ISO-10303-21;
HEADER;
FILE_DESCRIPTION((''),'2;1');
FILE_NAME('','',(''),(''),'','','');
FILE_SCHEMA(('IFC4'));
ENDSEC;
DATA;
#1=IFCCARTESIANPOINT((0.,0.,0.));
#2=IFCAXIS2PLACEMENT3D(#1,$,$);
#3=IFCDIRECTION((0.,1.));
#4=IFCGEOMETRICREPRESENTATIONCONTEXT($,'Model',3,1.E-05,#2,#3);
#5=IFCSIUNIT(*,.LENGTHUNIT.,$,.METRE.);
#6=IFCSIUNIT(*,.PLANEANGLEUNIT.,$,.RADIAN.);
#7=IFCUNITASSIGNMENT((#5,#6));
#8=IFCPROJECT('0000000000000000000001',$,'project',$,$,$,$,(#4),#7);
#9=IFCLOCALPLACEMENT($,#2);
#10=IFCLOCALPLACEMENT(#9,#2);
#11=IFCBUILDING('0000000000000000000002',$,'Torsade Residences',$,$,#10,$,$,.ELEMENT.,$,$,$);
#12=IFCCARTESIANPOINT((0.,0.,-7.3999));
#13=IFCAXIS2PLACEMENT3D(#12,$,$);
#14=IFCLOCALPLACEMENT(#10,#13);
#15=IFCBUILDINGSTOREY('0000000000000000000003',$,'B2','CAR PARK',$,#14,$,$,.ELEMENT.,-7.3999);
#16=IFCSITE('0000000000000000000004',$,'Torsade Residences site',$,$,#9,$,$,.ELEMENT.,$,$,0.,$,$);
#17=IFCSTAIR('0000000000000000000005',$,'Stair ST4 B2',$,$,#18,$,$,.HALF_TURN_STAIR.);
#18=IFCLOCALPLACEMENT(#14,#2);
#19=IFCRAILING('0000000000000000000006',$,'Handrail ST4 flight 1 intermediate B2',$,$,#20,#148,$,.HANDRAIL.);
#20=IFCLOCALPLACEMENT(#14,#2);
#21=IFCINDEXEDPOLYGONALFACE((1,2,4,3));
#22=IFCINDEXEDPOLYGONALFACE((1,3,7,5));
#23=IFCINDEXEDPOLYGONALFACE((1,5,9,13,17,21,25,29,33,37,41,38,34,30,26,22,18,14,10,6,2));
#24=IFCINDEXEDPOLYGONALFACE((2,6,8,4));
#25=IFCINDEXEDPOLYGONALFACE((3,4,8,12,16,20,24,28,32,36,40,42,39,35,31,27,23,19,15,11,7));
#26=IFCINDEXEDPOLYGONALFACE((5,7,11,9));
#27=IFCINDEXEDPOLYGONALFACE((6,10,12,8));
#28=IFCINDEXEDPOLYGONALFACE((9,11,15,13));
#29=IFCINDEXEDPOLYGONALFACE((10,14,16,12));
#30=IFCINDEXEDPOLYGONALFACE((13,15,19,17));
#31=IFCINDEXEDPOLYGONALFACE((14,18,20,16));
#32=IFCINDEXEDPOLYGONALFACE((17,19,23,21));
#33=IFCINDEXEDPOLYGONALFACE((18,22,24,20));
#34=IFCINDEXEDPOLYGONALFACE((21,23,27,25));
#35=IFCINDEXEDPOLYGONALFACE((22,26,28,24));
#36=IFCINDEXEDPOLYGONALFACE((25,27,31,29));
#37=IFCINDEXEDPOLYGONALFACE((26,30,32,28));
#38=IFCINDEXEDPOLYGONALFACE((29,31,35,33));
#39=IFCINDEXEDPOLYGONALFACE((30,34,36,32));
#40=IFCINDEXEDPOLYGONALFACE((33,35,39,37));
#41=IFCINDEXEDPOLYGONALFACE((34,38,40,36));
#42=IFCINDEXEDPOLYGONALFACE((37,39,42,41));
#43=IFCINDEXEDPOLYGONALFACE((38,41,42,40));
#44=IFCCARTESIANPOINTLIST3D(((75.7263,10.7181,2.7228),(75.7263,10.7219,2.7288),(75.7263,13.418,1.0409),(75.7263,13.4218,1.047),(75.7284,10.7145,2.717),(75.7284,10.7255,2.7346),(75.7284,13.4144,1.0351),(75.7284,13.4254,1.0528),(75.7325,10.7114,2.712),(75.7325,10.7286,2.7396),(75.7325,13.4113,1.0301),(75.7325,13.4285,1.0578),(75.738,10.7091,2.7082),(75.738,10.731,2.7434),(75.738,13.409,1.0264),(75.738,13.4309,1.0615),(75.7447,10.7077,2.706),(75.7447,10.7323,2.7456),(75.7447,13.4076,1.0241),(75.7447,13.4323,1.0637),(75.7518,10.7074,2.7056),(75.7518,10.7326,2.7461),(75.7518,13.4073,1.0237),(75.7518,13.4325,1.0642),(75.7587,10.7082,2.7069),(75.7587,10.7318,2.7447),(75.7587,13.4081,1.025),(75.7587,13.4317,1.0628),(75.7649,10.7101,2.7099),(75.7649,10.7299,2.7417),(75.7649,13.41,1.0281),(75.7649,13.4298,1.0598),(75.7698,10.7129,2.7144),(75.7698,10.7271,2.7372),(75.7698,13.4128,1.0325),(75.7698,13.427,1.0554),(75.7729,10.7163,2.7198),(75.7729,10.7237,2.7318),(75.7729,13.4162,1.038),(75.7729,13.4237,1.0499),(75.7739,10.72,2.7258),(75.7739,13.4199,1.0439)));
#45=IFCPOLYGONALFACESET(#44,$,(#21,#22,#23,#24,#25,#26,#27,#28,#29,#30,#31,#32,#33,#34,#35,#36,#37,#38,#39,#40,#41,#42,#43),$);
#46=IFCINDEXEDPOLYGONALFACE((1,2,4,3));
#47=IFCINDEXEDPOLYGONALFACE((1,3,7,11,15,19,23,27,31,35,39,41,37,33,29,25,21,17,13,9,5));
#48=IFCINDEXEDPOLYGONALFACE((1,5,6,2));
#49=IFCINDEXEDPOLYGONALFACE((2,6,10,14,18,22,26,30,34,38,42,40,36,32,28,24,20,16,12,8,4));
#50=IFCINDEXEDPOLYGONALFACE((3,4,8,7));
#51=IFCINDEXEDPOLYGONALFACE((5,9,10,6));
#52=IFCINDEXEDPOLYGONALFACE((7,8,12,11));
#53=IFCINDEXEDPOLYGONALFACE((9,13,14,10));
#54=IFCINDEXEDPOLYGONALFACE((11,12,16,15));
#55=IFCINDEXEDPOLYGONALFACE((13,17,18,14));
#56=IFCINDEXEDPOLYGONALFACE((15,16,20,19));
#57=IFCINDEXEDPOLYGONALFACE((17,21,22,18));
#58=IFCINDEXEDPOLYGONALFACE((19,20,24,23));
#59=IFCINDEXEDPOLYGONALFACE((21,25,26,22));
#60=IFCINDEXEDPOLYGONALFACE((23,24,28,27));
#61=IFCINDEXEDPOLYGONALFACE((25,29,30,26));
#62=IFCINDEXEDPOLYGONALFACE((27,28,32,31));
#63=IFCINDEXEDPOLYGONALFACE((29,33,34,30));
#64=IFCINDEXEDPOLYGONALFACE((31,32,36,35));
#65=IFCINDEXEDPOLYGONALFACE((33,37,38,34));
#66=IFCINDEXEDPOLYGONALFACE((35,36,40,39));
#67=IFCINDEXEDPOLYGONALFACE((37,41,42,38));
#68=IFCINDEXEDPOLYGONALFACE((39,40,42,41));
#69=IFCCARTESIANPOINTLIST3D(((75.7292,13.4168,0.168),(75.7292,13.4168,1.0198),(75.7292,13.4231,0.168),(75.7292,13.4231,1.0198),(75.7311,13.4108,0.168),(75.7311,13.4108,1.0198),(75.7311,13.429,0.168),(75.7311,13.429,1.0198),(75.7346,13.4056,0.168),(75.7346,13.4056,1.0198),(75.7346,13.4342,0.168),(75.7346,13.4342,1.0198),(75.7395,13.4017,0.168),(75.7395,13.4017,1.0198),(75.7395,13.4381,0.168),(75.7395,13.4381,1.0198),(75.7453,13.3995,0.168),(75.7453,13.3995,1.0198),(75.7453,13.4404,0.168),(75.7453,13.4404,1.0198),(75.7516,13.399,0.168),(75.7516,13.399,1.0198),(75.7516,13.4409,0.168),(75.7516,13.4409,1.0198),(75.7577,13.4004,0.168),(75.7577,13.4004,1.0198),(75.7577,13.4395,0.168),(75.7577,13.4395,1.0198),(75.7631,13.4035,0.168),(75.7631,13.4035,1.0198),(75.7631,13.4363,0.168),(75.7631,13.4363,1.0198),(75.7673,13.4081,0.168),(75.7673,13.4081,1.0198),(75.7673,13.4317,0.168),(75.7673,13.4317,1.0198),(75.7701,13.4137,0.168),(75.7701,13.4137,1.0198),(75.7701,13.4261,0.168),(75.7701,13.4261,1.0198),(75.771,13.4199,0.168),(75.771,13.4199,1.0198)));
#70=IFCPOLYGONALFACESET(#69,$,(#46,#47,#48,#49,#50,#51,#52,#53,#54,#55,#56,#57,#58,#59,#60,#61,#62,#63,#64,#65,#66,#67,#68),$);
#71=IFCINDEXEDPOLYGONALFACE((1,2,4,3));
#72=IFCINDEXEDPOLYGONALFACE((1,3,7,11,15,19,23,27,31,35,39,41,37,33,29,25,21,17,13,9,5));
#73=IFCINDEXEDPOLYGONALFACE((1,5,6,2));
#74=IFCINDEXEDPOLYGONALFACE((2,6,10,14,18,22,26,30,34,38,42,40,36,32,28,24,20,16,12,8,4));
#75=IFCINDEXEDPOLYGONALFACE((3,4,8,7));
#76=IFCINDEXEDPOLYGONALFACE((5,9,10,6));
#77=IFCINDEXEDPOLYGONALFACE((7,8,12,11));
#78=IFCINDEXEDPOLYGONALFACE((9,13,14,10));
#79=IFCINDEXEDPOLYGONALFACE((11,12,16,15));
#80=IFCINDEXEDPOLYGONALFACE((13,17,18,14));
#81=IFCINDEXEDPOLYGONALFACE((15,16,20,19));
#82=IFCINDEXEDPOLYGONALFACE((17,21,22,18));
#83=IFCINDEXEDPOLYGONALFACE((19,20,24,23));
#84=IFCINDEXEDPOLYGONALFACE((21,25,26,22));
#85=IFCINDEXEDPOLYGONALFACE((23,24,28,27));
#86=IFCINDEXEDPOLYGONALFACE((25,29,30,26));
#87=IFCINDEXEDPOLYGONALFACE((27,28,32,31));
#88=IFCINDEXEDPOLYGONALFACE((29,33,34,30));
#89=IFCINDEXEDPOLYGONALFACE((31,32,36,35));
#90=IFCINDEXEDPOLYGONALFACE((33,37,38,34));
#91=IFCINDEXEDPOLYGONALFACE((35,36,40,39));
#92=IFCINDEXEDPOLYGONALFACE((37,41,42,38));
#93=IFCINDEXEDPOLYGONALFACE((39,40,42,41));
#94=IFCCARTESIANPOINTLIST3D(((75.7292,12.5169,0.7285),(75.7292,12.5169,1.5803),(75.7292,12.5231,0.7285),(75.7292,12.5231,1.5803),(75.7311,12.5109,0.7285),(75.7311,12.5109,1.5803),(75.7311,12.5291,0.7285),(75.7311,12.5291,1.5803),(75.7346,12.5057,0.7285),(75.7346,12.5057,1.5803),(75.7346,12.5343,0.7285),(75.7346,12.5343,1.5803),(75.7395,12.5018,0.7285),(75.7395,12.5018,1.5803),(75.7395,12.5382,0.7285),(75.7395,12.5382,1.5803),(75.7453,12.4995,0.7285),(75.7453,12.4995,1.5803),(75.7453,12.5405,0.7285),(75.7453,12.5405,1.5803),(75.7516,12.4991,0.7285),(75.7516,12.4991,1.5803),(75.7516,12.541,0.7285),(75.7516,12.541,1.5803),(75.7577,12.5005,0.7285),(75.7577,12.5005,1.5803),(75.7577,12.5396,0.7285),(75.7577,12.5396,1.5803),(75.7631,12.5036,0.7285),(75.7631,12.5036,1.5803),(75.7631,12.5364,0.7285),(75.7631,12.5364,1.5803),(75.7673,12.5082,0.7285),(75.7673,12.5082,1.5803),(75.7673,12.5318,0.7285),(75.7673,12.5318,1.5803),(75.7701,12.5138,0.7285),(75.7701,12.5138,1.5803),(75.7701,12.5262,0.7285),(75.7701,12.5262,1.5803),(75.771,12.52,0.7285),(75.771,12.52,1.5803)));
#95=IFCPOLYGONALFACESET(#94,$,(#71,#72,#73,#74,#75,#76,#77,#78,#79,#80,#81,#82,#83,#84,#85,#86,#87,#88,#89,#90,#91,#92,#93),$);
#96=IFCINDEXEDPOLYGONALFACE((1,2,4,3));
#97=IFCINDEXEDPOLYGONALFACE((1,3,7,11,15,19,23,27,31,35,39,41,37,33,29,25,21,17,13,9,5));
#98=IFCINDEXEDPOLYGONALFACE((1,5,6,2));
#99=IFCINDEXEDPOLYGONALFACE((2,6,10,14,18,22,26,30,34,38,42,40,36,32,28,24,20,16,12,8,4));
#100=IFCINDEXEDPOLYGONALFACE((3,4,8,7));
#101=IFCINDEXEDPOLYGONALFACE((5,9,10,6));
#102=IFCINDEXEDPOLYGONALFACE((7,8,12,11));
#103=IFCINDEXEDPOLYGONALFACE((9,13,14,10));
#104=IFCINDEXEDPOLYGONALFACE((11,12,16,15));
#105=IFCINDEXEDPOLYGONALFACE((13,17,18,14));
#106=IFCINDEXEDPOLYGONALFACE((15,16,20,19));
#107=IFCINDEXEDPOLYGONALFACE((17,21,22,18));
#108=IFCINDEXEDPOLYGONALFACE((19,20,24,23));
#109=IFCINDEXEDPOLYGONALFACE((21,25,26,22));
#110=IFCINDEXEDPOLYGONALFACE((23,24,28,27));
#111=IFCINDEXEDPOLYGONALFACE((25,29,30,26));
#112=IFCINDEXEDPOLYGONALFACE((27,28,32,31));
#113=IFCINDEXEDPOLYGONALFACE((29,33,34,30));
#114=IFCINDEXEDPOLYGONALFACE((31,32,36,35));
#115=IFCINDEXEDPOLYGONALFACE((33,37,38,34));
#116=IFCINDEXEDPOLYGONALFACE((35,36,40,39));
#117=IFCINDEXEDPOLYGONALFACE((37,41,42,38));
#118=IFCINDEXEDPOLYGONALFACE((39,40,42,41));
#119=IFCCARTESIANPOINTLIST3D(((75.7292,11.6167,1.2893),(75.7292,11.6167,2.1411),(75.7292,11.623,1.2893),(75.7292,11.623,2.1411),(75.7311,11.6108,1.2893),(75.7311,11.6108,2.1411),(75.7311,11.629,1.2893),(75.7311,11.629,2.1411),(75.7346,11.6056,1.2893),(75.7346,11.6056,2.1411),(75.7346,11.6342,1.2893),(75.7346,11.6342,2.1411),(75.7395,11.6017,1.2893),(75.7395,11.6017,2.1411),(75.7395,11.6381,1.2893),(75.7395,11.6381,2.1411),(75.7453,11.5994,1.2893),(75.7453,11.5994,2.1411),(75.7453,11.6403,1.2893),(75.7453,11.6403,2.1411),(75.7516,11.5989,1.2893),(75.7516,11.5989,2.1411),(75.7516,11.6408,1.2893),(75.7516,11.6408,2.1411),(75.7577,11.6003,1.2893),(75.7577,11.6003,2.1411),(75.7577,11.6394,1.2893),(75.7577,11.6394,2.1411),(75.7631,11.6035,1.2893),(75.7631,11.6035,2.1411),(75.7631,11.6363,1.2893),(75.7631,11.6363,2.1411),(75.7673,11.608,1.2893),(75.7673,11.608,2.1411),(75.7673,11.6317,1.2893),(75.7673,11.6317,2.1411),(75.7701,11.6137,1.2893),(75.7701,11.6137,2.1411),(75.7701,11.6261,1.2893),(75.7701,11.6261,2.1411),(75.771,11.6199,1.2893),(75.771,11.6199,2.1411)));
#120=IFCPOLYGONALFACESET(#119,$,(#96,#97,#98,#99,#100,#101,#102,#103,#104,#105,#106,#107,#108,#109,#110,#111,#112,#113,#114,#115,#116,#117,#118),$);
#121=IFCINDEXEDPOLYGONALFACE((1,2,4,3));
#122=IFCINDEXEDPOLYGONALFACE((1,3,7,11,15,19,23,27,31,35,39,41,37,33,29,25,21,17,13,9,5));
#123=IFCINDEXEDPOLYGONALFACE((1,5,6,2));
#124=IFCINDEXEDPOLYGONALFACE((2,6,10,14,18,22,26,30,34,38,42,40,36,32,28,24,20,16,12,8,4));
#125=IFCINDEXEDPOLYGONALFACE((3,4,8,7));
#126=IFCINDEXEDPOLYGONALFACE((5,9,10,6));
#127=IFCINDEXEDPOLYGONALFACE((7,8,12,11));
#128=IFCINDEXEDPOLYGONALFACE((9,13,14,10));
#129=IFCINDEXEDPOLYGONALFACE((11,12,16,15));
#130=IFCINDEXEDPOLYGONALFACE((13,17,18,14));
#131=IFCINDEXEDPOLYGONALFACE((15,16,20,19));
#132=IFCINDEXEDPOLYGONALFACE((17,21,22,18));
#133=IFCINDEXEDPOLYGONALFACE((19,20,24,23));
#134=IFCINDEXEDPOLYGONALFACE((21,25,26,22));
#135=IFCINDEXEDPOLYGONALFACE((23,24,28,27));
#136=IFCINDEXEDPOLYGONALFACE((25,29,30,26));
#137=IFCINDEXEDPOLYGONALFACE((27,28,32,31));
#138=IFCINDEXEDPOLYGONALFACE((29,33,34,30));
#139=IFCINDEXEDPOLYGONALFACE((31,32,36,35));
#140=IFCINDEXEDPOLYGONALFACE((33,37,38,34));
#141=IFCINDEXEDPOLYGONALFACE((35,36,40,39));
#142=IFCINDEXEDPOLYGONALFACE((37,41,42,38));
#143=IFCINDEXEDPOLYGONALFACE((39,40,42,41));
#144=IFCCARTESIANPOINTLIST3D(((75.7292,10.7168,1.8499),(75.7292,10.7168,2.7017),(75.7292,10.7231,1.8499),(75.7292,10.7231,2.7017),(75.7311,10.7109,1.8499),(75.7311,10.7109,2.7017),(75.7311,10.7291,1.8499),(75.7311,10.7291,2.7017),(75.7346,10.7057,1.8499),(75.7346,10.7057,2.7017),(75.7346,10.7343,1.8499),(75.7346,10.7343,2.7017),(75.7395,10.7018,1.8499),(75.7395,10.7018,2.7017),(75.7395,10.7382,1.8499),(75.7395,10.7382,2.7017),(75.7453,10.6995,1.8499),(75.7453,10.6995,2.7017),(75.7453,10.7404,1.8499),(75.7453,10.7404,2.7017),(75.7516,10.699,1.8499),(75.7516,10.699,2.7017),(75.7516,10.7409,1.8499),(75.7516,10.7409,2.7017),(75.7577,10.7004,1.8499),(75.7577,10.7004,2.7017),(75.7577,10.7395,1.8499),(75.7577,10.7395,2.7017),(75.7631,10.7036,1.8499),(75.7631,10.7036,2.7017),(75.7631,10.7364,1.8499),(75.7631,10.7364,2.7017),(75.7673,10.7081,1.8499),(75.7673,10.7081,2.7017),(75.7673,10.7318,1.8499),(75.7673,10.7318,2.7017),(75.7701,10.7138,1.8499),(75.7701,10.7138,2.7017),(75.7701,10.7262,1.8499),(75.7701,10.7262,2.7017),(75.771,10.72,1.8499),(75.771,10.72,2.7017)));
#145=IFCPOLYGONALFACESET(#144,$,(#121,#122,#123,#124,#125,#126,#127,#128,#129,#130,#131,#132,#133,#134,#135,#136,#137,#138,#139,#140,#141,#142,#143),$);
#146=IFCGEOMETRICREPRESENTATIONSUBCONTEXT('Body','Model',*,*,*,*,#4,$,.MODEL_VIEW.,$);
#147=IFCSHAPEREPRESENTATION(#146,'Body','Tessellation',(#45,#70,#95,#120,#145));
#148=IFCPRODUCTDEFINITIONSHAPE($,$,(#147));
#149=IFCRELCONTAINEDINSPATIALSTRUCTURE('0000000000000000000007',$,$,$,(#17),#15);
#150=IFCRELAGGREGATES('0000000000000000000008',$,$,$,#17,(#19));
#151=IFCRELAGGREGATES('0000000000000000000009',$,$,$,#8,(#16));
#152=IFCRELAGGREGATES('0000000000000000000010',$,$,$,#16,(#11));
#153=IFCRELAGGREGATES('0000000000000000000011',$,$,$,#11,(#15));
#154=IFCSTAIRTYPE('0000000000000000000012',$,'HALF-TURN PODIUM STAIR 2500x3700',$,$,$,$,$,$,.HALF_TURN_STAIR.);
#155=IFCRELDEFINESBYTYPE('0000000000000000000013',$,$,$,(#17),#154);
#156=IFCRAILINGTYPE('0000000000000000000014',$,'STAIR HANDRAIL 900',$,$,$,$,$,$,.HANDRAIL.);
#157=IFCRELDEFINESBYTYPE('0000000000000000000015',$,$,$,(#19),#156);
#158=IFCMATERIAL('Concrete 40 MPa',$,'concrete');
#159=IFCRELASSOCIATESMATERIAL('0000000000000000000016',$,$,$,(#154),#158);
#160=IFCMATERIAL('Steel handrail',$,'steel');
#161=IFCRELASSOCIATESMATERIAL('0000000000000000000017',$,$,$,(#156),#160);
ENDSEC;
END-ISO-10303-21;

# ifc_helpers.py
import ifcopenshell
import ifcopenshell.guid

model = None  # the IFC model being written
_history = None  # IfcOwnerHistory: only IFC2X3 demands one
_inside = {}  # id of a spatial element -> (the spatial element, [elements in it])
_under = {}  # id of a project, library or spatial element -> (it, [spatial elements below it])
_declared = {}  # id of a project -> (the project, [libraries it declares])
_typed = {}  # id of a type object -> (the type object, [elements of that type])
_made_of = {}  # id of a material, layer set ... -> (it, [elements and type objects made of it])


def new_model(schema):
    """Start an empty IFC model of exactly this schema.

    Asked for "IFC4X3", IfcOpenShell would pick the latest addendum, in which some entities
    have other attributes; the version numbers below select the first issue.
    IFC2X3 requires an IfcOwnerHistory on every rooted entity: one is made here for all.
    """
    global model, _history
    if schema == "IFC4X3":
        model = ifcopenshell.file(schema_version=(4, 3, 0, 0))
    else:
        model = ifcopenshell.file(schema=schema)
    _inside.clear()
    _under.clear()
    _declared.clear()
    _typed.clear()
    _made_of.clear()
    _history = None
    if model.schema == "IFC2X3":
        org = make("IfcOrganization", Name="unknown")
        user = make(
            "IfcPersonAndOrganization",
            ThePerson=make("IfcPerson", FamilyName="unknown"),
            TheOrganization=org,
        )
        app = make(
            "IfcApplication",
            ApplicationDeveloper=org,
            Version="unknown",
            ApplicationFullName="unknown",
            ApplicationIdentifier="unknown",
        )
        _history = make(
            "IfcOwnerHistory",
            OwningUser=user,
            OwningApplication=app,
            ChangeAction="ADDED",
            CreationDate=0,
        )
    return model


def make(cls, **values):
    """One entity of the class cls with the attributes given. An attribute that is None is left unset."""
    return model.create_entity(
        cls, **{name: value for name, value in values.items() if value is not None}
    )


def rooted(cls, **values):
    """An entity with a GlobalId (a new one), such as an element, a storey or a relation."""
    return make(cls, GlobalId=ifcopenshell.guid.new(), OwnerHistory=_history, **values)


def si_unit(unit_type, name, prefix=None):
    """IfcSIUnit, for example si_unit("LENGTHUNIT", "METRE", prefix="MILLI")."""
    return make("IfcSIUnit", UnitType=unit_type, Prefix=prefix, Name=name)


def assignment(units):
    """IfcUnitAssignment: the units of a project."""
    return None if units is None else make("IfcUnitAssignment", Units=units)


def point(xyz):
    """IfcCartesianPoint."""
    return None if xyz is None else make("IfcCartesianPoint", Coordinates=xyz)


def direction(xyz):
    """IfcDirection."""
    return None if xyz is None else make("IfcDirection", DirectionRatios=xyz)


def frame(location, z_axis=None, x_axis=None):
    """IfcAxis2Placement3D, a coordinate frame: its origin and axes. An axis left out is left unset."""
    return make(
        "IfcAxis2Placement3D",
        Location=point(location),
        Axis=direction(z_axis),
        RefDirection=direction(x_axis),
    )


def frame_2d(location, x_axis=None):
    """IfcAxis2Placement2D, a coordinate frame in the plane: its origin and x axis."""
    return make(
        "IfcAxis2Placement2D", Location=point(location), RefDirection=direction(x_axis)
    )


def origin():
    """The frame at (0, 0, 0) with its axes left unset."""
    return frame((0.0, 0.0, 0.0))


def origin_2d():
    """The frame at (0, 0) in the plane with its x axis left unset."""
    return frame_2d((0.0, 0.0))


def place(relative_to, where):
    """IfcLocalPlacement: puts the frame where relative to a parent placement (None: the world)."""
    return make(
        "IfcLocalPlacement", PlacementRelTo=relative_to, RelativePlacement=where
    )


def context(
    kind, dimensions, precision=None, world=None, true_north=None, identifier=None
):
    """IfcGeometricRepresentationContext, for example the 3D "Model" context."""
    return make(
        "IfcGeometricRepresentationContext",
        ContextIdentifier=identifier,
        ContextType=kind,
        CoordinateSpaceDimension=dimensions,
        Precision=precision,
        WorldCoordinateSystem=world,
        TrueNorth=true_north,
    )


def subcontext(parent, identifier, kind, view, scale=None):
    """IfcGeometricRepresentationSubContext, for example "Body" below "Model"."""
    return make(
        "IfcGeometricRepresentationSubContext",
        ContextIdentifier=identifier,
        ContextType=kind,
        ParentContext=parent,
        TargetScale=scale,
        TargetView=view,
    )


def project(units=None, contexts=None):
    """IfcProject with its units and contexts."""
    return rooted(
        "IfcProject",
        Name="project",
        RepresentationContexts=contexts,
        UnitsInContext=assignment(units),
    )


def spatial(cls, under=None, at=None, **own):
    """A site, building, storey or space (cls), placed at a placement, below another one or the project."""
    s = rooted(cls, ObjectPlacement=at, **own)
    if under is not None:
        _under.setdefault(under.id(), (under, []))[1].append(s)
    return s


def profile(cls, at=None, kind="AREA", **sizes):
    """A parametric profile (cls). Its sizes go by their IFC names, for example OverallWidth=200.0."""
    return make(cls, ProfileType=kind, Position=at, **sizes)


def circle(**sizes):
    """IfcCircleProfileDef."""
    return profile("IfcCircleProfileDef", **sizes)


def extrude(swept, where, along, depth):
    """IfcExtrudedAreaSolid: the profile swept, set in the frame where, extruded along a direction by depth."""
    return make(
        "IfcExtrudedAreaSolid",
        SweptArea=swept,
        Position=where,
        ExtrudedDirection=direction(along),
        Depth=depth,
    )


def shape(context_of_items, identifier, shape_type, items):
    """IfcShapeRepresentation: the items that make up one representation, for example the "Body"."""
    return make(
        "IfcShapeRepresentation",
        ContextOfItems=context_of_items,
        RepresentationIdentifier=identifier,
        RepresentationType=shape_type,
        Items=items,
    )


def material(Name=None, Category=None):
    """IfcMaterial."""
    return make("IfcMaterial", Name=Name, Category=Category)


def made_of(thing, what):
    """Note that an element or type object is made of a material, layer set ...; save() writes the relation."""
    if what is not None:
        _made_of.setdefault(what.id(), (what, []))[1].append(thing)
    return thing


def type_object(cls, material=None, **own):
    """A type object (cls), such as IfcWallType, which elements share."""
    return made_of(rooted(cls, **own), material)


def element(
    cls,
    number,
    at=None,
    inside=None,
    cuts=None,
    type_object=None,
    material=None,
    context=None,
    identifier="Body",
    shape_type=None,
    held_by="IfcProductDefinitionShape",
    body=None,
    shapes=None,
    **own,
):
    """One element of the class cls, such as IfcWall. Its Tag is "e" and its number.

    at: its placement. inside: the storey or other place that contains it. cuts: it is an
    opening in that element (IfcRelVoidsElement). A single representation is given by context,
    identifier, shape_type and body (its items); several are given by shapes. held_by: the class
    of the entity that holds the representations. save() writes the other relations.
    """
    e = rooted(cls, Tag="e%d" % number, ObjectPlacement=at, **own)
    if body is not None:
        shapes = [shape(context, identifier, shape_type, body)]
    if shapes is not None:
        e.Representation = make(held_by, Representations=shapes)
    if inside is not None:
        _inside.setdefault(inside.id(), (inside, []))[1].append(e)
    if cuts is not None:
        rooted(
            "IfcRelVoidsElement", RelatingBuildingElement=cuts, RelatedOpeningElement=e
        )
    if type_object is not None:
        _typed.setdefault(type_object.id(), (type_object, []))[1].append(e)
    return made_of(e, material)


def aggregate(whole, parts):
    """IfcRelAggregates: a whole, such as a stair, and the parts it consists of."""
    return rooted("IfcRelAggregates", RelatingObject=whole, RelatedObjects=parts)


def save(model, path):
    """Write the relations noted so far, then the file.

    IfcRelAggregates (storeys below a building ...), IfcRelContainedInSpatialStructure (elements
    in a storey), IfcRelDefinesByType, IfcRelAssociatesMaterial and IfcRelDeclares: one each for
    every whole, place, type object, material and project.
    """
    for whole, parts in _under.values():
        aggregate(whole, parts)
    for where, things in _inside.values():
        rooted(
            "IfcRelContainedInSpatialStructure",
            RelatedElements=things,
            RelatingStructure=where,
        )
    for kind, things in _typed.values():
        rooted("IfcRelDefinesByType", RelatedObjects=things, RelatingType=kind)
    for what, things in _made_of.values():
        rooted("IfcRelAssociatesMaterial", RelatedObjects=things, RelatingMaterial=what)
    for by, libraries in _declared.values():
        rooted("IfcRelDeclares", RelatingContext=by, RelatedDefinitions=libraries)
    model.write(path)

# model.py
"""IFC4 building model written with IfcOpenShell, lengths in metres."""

from ifc_helpers import new_model, si_unit, direction, frame, origin, origin_2d, place, context, subcontext, project, spatial, circle, extrude, material, type_object, element, aggregate, save


model = new_model("IFC4")

# Units and contexts
model_context = context("Model", 3, precision=1e-05, world=origin(), true_north=direction((0.0, 1.0)))
body_context = subcontext(model_context, "Body", "Model", "MODEL_VIEW")
ifc_project = project(units=[si_unit("LENGTHUNIT", "METRE"), si_unit("PLANEANGLEUNIT", "RADIAN")], contexts=[model_context])

# Site, building, storey
site_placement = place(None, origin())
site = spatial("IfcSite", under=ifc_project, at=site_placement, Name="Torsade Residences site", CompositionType="ELEMENT", RefElevation=0.0)
building_placement = place(site_placement, origin())
building = spatial("IfcBuilding", under=site, at=building_placement, Name="Torsade Residences", CompositionType="ELEMENT")
storey_placement = place(building_placement, frame((0.0, 0.0, -7.3999)))
storey = spatial("IfcBuildingStorey", under=building, at=storey_placement, Name="B2", Description="CAR PARK", CompositionType="ELEMENT", Elevation=-7.3999)

# Stair, railing
ifc_material_1 = material(Name="Concrete 40 MPa", Category="concrete")
stair_type = type_object("IfcStairType", Name="HALF-TURN PODIUM STAIR 2500x3700", PredefinedType="HALF_TURN_STAIR", material=ifc_material_1)
stair_placement = place(storey_placement, origin())
stair = element("IfcStair", 1, at=stair_placement, inside=storey, type_object=stair_type, Name="Stair ST4 B2", PredefinedType="HALF_TURN_STAIR")
ifc_material_2 = material(Name="Steel handrail", Category="steel")
railing_type = type_object("IfcRailingType", Name="STAIR HANDRAIL 900", PredefinedType="HANDRAIL", material=ifc_material_2)
railing_1_placement = place(storey_placement, frame((75.75, 13.4199, 0.168)))
railing_1 = element("IfcRailing", 2, at=railing_1_placement, type_object=railing_type, Name="Handrail ST4 flight 1 intermediate B2", PredefinedType="HANDRAIL", context=body_context, shape_type="SweptSolid", body=[
    extrude(circle(Radius=0.0239, at=origin_2d()), frame((0.0, 0.0, 0.876), z_axis=(0.0, -0.848786, 0.528736), x_axis=(1.0, 0.0, 0.0)), (0.0, 0.0, 1.0), 3.1809),
    extrude(circle(Radius=0.021, at=origin_2d()), origin(), (0.0, 0.0, 1.0), 0.8518),
    extrude(circle(Radius=0.021, at=origin_2d()), frame((0.0, -0.8999, 0.5605)), (0.0, 0.0, 1.0), 0.8518),
    extrude(circle(Radius=0.021, at=origin_2d()), frame((0.0, -1.8, 1.1213)), (0.0, 0.0, 1.0), 0.8518),
    extrude(circle(Radius=0.021, at=origin_2d()), frame((0.0, -2.7, 1.6819)), (0.0, 0.0, 1.0), 0.8518),
])
aggregate(stair, [railing_1])

save(model, "model.ifc")
